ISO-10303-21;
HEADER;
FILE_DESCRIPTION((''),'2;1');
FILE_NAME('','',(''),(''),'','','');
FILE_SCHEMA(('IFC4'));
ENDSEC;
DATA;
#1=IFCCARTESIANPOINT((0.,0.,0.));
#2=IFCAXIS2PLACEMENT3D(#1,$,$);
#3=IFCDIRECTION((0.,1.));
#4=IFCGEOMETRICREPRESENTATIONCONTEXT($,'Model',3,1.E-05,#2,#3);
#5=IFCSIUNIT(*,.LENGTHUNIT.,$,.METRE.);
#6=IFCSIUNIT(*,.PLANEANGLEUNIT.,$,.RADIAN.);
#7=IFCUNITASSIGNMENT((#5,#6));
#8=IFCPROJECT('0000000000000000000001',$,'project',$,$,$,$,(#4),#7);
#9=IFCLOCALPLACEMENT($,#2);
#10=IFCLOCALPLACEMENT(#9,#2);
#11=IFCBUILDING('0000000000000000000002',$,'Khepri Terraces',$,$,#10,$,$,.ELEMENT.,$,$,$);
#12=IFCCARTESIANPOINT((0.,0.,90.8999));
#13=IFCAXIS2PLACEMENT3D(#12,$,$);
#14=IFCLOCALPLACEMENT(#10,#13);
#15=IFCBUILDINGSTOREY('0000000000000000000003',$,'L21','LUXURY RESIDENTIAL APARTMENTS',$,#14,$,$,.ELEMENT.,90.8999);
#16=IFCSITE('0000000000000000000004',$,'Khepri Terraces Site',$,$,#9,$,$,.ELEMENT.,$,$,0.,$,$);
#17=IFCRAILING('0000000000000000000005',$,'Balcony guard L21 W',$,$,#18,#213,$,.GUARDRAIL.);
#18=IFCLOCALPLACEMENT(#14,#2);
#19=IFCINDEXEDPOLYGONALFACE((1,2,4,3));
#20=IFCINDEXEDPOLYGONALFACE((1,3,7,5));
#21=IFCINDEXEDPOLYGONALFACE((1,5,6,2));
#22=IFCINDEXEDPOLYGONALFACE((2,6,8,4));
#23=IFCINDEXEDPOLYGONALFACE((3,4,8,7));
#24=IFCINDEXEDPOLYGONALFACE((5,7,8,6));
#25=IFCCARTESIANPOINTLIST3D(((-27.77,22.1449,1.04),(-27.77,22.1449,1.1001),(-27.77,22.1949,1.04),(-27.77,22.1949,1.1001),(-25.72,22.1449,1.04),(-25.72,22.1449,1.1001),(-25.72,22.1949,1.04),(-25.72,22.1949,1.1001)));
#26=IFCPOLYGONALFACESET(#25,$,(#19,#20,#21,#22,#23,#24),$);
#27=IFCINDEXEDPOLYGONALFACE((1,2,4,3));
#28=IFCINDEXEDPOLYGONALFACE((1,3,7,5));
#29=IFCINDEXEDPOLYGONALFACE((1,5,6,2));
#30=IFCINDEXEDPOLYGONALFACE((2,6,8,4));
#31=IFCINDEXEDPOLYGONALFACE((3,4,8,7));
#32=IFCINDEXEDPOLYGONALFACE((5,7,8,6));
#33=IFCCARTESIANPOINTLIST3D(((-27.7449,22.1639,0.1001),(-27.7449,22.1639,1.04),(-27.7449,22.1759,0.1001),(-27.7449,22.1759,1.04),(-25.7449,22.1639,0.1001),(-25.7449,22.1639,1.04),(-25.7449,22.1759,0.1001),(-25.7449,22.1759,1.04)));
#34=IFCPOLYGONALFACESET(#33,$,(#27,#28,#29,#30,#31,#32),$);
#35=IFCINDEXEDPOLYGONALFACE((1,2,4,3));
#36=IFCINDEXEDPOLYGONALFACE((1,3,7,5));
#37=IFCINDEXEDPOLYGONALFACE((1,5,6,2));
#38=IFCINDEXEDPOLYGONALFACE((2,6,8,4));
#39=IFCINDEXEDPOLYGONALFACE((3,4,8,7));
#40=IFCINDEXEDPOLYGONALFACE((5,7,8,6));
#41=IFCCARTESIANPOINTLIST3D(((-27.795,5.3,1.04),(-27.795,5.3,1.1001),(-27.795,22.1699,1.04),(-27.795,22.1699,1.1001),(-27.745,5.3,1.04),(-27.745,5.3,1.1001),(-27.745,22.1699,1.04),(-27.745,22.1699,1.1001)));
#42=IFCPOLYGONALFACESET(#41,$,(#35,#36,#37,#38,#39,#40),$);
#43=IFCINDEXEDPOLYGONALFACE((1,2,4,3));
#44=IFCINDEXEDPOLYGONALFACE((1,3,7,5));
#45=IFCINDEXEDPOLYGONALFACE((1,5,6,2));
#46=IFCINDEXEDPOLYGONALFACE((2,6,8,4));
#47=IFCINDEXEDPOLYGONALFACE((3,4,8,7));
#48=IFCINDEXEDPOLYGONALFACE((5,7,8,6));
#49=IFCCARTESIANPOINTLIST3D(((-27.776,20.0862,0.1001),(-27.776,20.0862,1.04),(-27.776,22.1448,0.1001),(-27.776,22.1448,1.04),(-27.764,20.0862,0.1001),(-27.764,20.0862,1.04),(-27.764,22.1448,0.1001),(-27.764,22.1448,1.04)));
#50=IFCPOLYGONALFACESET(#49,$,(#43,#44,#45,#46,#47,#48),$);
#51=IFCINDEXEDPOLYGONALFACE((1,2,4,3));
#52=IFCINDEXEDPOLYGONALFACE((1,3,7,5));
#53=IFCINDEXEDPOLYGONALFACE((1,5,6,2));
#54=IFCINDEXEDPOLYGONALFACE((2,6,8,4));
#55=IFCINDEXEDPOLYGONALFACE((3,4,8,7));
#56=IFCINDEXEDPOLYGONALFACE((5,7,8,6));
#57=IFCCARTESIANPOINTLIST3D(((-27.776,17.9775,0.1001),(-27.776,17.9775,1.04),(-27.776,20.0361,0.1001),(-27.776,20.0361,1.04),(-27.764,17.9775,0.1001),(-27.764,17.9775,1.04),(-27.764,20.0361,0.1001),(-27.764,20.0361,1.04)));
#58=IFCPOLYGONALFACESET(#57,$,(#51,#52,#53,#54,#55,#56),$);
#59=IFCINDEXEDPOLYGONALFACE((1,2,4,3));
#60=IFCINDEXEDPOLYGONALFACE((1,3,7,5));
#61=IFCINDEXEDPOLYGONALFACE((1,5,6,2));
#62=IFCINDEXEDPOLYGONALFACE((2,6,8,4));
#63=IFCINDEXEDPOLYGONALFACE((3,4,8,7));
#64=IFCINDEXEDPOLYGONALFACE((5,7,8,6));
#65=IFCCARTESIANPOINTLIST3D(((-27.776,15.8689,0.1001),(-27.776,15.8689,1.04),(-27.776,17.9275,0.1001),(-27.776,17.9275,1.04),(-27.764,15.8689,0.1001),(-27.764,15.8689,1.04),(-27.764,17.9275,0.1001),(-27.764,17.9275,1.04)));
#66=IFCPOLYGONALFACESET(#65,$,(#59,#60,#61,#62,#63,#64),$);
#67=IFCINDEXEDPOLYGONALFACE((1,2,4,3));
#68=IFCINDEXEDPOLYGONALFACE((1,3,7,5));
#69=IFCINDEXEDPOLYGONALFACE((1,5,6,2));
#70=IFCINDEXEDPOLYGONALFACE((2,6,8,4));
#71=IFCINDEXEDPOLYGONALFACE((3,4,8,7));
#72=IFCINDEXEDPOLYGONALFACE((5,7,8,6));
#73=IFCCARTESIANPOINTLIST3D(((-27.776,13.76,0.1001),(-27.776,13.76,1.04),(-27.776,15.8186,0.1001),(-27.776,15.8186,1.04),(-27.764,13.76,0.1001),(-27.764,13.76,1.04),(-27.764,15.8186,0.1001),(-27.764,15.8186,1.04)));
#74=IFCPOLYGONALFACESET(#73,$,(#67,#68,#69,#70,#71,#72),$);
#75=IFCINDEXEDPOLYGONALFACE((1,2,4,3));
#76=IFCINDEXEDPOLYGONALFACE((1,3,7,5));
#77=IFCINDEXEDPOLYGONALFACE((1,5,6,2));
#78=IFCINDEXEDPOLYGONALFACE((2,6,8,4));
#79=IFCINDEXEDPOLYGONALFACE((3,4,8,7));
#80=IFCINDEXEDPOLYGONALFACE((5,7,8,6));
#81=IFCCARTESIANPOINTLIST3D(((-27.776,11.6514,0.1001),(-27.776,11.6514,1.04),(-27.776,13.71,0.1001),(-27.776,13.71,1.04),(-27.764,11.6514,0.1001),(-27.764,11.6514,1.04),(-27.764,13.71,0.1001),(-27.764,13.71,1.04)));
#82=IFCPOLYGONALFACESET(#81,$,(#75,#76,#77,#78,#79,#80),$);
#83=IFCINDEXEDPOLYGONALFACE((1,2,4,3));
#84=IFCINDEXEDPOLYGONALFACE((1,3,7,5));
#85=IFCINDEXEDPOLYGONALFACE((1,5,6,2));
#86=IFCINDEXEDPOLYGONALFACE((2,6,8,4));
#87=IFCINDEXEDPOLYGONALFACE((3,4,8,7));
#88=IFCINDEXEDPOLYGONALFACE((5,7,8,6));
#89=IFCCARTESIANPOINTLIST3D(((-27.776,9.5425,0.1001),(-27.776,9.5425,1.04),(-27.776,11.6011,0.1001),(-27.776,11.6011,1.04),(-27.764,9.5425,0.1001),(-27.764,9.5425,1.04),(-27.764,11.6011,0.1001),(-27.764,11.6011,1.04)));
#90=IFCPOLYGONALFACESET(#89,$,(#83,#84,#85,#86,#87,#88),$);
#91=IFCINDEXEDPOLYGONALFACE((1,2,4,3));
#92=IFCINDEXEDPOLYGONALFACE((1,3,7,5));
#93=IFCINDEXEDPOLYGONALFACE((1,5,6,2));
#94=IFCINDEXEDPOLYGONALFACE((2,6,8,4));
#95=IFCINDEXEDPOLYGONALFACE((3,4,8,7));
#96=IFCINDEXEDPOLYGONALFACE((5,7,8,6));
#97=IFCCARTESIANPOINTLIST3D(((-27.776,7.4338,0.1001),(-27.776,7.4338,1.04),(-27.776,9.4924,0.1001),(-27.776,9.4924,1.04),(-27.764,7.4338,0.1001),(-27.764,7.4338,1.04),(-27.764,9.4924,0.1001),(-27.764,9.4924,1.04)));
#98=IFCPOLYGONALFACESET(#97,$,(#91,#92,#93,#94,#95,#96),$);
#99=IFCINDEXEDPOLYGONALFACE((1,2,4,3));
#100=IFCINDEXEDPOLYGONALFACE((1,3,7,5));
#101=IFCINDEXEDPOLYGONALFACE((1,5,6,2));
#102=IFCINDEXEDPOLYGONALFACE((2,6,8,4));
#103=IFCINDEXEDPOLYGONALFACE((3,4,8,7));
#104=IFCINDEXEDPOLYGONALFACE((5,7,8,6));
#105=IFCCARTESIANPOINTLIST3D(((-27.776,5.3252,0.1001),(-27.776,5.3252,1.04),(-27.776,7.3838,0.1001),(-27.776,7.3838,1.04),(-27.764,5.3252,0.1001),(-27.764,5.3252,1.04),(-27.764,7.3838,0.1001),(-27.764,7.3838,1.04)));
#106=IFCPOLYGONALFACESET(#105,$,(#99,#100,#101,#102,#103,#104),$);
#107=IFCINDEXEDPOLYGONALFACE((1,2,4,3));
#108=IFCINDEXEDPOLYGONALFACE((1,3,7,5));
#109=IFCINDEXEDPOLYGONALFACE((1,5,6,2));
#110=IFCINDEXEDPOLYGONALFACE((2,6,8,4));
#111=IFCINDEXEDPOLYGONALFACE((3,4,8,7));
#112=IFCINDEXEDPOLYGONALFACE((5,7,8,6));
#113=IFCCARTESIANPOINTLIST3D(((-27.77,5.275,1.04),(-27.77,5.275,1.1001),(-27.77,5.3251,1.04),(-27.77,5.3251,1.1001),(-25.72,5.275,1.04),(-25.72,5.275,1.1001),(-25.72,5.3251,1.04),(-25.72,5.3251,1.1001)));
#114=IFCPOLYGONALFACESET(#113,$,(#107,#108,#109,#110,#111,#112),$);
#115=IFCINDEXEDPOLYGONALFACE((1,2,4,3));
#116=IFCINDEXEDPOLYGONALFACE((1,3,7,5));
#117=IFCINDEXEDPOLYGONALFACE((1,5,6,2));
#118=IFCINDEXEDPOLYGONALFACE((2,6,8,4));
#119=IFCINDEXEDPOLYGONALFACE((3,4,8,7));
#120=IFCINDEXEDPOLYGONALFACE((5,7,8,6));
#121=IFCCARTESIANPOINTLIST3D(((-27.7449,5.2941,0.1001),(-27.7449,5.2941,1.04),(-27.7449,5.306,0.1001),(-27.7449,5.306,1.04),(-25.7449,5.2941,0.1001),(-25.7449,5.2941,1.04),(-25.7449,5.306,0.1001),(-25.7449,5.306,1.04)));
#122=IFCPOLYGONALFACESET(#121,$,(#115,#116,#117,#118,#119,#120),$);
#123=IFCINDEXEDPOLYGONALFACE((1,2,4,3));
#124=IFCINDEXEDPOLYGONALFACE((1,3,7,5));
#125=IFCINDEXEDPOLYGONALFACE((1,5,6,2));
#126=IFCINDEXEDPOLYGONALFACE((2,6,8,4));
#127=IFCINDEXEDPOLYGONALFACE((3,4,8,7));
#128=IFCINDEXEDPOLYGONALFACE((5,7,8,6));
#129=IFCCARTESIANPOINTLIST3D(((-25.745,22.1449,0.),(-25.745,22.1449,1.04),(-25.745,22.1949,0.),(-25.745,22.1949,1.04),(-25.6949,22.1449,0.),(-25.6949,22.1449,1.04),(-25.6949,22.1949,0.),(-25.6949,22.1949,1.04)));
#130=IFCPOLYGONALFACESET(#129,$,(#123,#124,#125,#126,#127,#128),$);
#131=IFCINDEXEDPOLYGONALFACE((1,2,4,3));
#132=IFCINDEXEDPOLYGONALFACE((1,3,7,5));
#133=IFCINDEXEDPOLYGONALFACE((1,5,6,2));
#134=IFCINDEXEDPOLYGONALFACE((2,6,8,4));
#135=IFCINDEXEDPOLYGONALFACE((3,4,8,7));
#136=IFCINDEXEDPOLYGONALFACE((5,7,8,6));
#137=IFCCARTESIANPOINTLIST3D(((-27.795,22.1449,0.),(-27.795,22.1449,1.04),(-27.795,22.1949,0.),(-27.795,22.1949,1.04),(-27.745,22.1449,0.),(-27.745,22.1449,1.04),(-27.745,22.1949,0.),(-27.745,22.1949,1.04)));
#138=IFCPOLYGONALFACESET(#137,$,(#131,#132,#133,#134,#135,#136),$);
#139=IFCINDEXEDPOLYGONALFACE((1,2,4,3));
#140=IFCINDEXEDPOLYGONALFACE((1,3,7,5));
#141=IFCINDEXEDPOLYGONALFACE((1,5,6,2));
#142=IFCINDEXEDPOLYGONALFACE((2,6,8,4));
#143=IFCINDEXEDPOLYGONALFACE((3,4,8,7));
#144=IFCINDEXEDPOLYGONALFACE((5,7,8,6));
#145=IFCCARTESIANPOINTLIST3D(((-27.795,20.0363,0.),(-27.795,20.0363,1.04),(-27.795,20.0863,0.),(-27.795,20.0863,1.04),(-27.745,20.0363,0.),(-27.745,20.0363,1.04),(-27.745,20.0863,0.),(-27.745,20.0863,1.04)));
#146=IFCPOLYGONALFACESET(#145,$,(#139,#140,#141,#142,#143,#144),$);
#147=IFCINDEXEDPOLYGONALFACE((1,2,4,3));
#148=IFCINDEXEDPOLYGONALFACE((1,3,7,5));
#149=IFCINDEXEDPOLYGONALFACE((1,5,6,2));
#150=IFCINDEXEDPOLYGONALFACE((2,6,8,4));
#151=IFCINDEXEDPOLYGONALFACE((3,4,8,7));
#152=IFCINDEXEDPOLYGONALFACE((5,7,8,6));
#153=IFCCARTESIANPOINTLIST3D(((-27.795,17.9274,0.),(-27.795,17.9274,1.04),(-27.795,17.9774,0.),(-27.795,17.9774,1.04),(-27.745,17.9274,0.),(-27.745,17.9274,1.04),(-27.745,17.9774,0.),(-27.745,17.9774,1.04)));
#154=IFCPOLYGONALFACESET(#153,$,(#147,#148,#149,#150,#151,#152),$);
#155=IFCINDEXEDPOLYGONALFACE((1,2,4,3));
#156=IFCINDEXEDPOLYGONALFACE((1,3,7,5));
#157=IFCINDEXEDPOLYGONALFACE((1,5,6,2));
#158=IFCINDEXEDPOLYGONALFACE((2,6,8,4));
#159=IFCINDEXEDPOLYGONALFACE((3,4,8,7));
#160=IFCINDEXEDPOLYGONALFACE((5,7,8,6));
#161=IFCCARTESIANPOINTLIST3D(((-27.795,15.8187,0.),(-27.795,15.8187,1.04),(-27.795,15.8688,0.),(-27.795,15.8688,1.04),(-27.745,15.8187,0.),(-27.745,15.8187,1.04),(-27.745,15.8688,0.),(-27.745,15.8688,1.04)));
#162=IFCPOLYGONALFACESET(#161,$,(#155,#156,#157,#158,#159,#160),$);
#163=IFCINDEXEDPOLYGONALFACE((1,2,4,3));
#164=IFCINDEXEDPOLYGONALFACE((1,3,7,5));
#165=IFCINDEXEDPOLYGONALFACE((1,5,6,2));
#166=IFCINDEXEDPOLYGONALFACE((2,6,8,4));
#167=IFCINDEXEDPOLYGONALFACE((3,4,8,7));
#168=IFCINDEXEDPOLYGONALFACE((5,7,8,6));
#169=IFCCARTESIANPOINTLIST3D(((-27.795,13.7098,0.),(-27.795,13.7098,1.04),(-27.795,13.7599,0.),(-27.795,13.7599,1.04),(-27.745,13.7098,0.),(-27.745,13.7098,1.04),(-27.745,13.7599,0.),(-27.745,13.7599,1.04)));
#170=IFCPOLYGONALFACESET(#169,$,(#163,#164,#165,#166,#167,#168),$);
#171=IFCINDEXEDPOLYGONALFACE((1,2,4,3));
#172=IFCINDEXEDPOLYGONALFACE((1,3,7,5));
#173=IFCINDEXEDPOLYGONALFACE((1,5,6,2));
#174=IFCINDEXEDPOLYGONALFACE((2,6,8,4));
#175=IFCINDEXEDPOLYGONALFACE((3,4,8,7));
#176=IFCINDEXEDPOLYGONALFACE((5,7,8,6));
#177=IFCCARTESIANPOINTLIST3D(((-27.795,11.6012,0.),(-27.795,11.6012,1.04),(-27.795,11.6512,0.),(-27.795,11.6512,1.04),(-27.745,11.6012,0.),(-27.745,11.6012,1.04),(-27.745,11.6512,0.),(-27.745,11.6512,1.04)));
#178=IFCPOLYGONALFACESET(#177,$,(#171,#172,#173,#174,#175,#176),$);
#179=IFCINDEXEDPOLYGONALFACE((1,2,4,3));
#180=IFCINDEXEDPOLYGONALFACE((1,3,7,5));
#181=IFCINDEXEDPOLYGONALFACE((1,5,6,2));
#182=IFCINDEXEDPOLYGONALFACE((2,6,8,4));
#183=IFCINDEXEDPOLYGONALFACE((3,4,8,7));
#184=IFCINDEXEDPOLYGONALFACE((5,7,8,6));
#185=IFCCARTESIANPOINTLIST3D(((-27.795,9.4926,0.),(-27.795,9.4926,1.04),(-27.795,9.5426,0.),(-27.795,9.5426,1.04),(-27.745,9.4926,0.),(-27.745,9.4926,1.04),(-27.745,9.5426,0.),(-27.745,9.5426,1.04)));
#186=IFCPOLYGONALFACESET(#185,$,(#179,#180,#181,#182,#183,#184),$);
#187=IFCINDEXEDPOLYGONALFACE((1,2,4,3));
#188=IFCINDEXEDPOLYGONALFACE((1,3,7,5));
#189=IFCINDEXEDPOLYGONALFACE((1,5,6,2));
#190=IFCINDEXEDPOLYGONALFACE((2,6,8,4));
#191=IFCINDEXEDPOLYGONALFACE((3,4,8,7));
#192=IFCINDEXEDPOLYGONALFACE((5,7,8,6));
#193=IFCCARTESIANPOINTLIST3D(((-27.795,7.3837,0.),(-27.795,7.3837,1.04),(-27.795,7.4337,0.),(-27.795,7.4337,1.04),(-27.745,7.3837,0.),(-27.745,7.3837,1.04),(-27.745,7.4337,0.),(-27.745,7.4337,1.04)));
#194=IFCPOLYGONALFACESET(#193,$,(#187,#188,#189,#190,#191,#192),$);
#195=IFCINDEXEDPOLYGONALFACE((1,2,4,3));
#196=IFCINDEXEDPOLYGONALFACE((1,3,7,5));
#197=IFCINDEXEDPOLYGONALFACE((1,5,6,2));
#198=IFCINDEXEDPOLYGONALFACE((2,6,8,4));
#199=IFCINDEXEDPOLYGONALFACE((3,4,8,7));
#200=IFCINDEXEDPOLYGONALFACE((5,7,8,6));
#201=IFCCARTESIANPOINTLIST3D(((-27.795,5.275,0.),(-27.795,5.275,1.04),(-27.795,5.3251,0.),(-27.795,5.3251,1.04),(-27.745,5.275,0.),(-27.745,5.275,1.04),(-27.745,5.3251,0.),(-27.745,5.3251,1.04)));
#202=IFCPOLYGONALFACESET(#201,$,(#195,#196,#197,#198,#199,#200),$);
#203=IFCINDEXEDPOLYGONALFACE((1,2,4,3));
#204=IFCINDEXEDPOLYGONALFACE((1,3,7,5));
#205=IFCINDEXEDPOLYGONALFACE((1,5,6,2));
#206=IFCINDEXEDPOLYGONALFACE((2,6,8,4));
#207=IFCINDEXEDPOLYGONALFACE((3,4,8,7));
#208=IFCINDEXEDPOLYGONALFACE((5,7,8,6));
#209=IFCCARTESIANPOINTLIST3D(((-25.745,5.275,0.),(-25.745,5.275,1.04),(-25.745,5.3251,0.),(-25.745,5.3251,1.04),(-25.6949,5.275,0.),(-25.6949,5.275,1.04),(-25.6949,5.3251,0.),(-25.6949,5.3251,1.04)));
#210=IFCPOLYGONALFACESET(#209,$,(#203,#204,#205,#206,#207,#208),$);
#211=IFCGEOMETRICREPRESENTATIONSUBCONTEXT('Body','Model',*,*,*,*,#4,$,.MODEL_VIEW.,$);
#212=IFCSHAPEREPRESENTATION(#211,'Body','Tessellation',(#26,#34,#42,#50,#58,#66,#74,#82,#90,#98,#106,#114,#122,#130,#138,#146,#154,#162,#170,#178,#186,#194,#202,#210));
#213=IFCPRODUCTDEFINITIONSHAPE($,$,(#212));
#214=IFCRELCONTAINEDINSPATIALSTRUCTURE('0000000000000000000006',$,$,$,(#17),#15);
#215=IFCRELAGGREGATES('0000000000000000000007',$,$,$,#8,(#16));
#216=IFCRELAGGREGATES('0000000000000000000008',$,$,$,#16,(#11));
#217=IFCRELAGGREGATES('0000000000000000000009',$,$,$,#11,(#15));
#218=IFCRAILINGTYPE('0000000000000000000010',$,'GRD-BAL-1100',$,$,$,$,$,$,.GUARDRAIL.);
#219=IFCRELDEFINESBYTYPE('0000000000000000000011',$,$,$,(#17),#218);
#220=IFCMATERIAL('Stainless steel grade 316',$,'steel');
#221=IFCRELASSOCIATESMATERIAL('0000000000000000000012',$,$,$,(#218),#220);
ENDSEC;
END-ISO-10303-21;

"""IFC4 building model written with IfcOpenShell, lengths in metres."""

from ifc_helpers import new_model, si_unit, direction, frame, origin, origin_2d, place, context, subcontext, project, spatial, rectangle, extrude, material, type_object, element, save


model = new_model("IFC4")

# Units and contexts
model_context = context("Model", 3, precision=1e-05, world=origin(), true_north=direction((0.0, 1.0)))
body_context = subcontext(model_context, "Body", "Model", "MODEL_VIEW")
ifc_project = project(units=[si_unit("LENGTHUNIT", "METRE"), si_unit("PLANEANGLEUNIT", "RADIAN")], contexts=[model_context])

# Site, building, storey
site_placement = place(None, origin())
site = spatial("IfcSite", under=ifc_project, at=site_placement, Name="Khepri Terraces Site", CompositionType="ELEMENT", RefElevation=0.0)
building_placement = place(site_placement, origin())
building = spatial("IfcBuilding", under=site, at=building_placement, Name="Khepri Terraces", CompositionType="ELEMENT")
storey_placement = place(building_placement, frame((0.0, 0.0, 90.8999)))
storey = spatial("IfcBuildingStorey", under=building, at=storey_placement, Name="L21", Description="LUXURY RESIDENTIAL APARTMENTS", CompositionType="ELEMENT", Elevation=90.8999)

# Railing
ifc_material_1 = material(Name="Stainless steel grade 316", Category="steel")
railing_type = type_object("IfcRailingType", Name="GRD-BAL-1100", PredefinedType="GUARDRAIL", material=ifc_material_1)
railing_placement = place(storey_placement, frame((-25.72, 22.1699, 0.0)))
element("IfcRailing", 1, at=railing_placement, inside=storey, type_object=railing_type, Name="Balcony guard L21 W", PredefinedType="GUARDRAIL", context=body_context, shape_type="SweptSolid", body=[
    extrude(rectangle(XDim=0.05, YDim=0.0601, at=origin_2d()), frame((0.0, 0.0, 1.0701), z_axis=(-1.0, 0.0, 0.0), x_axis=(0.0, -1.0, 0.0)), (0.0, 0.0, 1.0), 2.05),
    extrude(rectangle(XDim=2.0, YDim=0.012, at=origin_2d()), frame((-1.0249, 0.0, 0.1001), z_axis=(0.0, 0.0, 1.0), x_axis=(-1.0, 0.0, 0.0)), (0.0, 0.0, 1.0), 0.9399),
    extrude(rectangle(XDim=0.05, YDim=0.0601, at=origin_2d()), frame((-2.05, 0.0, 1.0701), z_axis=(0.0, -1.0, 0.0), x_axis=(1.0, 0.0, 0.0)), (0.0, 0.0, 1.0), 16.8699),
    extrude(rectangle(XDim=2.0586, YDim=0.012, at=origin_2d()), frame((-2.05, -1.0544, 0.1001), z_axis=(0.0, 0.0, 1.0), x_axis=(0.0, -1.0, 0.0)), (0.0, 0.0, 1.0), 0.9399),
    extrude(rectangle(XDim=2.0586, YDim=0.012, at=origin_2d()), frame((-2.05, -3.1631, 0.1001), z_axis=(0.0, 0.0, 1.0), x_axis=(0.0, -1.0, 0.0)), (0.0, 0.0, 1.0), 0.9399),
    extrude(rectangle(XDim=2.0586, YDim=0.012, at=origin_2d()), frame((-2.05, -5.2717, 0.1001), z_axis=(0.0, 0.0, 1.0), x_axis=(0.0, -1.0, 0.0)), (0.0, 0.0, 1.0), 0.9399),
    extrude(rectangle(XDim=2.0586, YDim=0.012, at=origin_2d()), frame((-2.05, -7.3806, 0.1001), z_axis=(0.0, 0.0, 1.0), x_axis=(0.0, -1.0, 0.0)), (0.0, 0.0, 1.0), 0.9399),
    extrude(rectangle(XDim=2.0586, YDim=0.012, at=origin_2d()), frame((-2.05, -9.4893, 0.1001), z_axis=(0.0, 0.0, 1.0), x_axis=(0.0, -1.0, 0.0)), (0.0, 0.0, 1.0), 0.9399),
    extrude(rectangle(XDim=2.0586, YDim=0.012, at=origin_2d()), frame((-2.05, -11.5981, 0.1001), z_axis=(0.0, 0.0, 1.0), x_axis=(0.0, -1.0, 0.0)), (0.0, 0.0, 1.0), 0.9399),
    extrude(rectangle(XDim=2.0586, YDim=0.012, at=origin_2d()), frame((-2.05, -13.7068, 0.1001), z_axis=(0.0, 0.0, 1.0), x_axis=(0.0, -1.0, 0.0)), (0.0, 0.0, 1.0), 0.9399),
    extrude(rectangle(XDim=2.0586, YDim=0.012, at=origin_2d()), frame((-2.05, -15.8154, 0.1001), z_axis=(0.0, 0.0, 1.0), x_axis=(0.0, -1.0, 0.0)), (0.0, 0.0, 1.0), 0.9399),
    extrude(rectangle(XDim=0.05, YDim=0.0601, at=origin_2d()), frame((-2.05, -16.8699, 1.0701), z_axis=(1.0, 0.0, 0.0), x_axis=(0.0, 1.0, 0.0)), (0.0, 0.0, 1.0), 2.05),
    extrude(rectangle(XDim=2.0, YDim=0.012, at=origin_2d()), frame((-1.0249, -16.8699, 0.1001), z_axis=(0.0, 0.0, 1.0), x_axis=(1.0, 0.0, 0.0)), (0.0, 0.0, 1.0), 0.9399),
    extrude(rectangle(XDim=0.05, YDim=0.05, at=origin_2d()), origin(), (0.0, 0.0, 1.0), 1.04),
    extrude(rectangle(XDim=0.05, YDim=0.05, at=origin_2d()), frame((-2.05, 0.0, 0.0)), (0.0, 0.0, 1.0), 1.04),
    extrude(rectangle(XDim=0.05, YDim=0.05, at=origin_2d()), frame((-2.05, -2.1086, 0.0)), (0.0, 0.0, 1.0), 1.04),
    extrude(rectangle(XDim=0.05, YDim=0.05, at=origin_2d()), frame((-2.05, -4.2175, 0.0)), (0.0, 0.0, 1.0), 1.04),
    extrude(rectangle(XDim=0.05, YDim=0.05, at=origin_2d()), frame((-2.05, -6.3262, 0.0)), (0.0, 0.0, 1.0), 1.04),
    extrude(rectangle(XDim=0.05, YDim=0.05, at=origin_2d()), frame((-2.05, -8.4351, 0.0)), (0.0, 0.0, 1.0), 1.04),
    extrude(rectangle(XDim=0.05, YDim=0.05, at=origin_2d()), frame((-2.05, -10.5437, 0.0)), (0.0, 0.0, 1.0), 1.04),
    extrude(rectangle(XDim=0.05, YDim=0.05, at=origin_2d()), frame((-2.05, -12.6523, 0.0)), (0.0, 0.0, 1.0), 1.04),
    extrude(rectangle(XDim=0.05, YDim=0.05, at=origin_2d()), frame((-2.05, -14.7612, 0.0)), (0.0, 0.0, 1.0), 1.04),
    extrude(rectangle(XDim=0.05, YDim=0.05, at=origin_2d()), frame((-2.05, -16.8699, 0.0)), (0.0, 0.0, 1.0), 1.04),
    extrude(rectangle(XDim=0.05, YDim=0.05, at=origin_2d()), frame((0.0, -16.8699, 0.0)), (0.0, 0.0, 1.0), 1.04),
])

save(model, "model.ifc")
